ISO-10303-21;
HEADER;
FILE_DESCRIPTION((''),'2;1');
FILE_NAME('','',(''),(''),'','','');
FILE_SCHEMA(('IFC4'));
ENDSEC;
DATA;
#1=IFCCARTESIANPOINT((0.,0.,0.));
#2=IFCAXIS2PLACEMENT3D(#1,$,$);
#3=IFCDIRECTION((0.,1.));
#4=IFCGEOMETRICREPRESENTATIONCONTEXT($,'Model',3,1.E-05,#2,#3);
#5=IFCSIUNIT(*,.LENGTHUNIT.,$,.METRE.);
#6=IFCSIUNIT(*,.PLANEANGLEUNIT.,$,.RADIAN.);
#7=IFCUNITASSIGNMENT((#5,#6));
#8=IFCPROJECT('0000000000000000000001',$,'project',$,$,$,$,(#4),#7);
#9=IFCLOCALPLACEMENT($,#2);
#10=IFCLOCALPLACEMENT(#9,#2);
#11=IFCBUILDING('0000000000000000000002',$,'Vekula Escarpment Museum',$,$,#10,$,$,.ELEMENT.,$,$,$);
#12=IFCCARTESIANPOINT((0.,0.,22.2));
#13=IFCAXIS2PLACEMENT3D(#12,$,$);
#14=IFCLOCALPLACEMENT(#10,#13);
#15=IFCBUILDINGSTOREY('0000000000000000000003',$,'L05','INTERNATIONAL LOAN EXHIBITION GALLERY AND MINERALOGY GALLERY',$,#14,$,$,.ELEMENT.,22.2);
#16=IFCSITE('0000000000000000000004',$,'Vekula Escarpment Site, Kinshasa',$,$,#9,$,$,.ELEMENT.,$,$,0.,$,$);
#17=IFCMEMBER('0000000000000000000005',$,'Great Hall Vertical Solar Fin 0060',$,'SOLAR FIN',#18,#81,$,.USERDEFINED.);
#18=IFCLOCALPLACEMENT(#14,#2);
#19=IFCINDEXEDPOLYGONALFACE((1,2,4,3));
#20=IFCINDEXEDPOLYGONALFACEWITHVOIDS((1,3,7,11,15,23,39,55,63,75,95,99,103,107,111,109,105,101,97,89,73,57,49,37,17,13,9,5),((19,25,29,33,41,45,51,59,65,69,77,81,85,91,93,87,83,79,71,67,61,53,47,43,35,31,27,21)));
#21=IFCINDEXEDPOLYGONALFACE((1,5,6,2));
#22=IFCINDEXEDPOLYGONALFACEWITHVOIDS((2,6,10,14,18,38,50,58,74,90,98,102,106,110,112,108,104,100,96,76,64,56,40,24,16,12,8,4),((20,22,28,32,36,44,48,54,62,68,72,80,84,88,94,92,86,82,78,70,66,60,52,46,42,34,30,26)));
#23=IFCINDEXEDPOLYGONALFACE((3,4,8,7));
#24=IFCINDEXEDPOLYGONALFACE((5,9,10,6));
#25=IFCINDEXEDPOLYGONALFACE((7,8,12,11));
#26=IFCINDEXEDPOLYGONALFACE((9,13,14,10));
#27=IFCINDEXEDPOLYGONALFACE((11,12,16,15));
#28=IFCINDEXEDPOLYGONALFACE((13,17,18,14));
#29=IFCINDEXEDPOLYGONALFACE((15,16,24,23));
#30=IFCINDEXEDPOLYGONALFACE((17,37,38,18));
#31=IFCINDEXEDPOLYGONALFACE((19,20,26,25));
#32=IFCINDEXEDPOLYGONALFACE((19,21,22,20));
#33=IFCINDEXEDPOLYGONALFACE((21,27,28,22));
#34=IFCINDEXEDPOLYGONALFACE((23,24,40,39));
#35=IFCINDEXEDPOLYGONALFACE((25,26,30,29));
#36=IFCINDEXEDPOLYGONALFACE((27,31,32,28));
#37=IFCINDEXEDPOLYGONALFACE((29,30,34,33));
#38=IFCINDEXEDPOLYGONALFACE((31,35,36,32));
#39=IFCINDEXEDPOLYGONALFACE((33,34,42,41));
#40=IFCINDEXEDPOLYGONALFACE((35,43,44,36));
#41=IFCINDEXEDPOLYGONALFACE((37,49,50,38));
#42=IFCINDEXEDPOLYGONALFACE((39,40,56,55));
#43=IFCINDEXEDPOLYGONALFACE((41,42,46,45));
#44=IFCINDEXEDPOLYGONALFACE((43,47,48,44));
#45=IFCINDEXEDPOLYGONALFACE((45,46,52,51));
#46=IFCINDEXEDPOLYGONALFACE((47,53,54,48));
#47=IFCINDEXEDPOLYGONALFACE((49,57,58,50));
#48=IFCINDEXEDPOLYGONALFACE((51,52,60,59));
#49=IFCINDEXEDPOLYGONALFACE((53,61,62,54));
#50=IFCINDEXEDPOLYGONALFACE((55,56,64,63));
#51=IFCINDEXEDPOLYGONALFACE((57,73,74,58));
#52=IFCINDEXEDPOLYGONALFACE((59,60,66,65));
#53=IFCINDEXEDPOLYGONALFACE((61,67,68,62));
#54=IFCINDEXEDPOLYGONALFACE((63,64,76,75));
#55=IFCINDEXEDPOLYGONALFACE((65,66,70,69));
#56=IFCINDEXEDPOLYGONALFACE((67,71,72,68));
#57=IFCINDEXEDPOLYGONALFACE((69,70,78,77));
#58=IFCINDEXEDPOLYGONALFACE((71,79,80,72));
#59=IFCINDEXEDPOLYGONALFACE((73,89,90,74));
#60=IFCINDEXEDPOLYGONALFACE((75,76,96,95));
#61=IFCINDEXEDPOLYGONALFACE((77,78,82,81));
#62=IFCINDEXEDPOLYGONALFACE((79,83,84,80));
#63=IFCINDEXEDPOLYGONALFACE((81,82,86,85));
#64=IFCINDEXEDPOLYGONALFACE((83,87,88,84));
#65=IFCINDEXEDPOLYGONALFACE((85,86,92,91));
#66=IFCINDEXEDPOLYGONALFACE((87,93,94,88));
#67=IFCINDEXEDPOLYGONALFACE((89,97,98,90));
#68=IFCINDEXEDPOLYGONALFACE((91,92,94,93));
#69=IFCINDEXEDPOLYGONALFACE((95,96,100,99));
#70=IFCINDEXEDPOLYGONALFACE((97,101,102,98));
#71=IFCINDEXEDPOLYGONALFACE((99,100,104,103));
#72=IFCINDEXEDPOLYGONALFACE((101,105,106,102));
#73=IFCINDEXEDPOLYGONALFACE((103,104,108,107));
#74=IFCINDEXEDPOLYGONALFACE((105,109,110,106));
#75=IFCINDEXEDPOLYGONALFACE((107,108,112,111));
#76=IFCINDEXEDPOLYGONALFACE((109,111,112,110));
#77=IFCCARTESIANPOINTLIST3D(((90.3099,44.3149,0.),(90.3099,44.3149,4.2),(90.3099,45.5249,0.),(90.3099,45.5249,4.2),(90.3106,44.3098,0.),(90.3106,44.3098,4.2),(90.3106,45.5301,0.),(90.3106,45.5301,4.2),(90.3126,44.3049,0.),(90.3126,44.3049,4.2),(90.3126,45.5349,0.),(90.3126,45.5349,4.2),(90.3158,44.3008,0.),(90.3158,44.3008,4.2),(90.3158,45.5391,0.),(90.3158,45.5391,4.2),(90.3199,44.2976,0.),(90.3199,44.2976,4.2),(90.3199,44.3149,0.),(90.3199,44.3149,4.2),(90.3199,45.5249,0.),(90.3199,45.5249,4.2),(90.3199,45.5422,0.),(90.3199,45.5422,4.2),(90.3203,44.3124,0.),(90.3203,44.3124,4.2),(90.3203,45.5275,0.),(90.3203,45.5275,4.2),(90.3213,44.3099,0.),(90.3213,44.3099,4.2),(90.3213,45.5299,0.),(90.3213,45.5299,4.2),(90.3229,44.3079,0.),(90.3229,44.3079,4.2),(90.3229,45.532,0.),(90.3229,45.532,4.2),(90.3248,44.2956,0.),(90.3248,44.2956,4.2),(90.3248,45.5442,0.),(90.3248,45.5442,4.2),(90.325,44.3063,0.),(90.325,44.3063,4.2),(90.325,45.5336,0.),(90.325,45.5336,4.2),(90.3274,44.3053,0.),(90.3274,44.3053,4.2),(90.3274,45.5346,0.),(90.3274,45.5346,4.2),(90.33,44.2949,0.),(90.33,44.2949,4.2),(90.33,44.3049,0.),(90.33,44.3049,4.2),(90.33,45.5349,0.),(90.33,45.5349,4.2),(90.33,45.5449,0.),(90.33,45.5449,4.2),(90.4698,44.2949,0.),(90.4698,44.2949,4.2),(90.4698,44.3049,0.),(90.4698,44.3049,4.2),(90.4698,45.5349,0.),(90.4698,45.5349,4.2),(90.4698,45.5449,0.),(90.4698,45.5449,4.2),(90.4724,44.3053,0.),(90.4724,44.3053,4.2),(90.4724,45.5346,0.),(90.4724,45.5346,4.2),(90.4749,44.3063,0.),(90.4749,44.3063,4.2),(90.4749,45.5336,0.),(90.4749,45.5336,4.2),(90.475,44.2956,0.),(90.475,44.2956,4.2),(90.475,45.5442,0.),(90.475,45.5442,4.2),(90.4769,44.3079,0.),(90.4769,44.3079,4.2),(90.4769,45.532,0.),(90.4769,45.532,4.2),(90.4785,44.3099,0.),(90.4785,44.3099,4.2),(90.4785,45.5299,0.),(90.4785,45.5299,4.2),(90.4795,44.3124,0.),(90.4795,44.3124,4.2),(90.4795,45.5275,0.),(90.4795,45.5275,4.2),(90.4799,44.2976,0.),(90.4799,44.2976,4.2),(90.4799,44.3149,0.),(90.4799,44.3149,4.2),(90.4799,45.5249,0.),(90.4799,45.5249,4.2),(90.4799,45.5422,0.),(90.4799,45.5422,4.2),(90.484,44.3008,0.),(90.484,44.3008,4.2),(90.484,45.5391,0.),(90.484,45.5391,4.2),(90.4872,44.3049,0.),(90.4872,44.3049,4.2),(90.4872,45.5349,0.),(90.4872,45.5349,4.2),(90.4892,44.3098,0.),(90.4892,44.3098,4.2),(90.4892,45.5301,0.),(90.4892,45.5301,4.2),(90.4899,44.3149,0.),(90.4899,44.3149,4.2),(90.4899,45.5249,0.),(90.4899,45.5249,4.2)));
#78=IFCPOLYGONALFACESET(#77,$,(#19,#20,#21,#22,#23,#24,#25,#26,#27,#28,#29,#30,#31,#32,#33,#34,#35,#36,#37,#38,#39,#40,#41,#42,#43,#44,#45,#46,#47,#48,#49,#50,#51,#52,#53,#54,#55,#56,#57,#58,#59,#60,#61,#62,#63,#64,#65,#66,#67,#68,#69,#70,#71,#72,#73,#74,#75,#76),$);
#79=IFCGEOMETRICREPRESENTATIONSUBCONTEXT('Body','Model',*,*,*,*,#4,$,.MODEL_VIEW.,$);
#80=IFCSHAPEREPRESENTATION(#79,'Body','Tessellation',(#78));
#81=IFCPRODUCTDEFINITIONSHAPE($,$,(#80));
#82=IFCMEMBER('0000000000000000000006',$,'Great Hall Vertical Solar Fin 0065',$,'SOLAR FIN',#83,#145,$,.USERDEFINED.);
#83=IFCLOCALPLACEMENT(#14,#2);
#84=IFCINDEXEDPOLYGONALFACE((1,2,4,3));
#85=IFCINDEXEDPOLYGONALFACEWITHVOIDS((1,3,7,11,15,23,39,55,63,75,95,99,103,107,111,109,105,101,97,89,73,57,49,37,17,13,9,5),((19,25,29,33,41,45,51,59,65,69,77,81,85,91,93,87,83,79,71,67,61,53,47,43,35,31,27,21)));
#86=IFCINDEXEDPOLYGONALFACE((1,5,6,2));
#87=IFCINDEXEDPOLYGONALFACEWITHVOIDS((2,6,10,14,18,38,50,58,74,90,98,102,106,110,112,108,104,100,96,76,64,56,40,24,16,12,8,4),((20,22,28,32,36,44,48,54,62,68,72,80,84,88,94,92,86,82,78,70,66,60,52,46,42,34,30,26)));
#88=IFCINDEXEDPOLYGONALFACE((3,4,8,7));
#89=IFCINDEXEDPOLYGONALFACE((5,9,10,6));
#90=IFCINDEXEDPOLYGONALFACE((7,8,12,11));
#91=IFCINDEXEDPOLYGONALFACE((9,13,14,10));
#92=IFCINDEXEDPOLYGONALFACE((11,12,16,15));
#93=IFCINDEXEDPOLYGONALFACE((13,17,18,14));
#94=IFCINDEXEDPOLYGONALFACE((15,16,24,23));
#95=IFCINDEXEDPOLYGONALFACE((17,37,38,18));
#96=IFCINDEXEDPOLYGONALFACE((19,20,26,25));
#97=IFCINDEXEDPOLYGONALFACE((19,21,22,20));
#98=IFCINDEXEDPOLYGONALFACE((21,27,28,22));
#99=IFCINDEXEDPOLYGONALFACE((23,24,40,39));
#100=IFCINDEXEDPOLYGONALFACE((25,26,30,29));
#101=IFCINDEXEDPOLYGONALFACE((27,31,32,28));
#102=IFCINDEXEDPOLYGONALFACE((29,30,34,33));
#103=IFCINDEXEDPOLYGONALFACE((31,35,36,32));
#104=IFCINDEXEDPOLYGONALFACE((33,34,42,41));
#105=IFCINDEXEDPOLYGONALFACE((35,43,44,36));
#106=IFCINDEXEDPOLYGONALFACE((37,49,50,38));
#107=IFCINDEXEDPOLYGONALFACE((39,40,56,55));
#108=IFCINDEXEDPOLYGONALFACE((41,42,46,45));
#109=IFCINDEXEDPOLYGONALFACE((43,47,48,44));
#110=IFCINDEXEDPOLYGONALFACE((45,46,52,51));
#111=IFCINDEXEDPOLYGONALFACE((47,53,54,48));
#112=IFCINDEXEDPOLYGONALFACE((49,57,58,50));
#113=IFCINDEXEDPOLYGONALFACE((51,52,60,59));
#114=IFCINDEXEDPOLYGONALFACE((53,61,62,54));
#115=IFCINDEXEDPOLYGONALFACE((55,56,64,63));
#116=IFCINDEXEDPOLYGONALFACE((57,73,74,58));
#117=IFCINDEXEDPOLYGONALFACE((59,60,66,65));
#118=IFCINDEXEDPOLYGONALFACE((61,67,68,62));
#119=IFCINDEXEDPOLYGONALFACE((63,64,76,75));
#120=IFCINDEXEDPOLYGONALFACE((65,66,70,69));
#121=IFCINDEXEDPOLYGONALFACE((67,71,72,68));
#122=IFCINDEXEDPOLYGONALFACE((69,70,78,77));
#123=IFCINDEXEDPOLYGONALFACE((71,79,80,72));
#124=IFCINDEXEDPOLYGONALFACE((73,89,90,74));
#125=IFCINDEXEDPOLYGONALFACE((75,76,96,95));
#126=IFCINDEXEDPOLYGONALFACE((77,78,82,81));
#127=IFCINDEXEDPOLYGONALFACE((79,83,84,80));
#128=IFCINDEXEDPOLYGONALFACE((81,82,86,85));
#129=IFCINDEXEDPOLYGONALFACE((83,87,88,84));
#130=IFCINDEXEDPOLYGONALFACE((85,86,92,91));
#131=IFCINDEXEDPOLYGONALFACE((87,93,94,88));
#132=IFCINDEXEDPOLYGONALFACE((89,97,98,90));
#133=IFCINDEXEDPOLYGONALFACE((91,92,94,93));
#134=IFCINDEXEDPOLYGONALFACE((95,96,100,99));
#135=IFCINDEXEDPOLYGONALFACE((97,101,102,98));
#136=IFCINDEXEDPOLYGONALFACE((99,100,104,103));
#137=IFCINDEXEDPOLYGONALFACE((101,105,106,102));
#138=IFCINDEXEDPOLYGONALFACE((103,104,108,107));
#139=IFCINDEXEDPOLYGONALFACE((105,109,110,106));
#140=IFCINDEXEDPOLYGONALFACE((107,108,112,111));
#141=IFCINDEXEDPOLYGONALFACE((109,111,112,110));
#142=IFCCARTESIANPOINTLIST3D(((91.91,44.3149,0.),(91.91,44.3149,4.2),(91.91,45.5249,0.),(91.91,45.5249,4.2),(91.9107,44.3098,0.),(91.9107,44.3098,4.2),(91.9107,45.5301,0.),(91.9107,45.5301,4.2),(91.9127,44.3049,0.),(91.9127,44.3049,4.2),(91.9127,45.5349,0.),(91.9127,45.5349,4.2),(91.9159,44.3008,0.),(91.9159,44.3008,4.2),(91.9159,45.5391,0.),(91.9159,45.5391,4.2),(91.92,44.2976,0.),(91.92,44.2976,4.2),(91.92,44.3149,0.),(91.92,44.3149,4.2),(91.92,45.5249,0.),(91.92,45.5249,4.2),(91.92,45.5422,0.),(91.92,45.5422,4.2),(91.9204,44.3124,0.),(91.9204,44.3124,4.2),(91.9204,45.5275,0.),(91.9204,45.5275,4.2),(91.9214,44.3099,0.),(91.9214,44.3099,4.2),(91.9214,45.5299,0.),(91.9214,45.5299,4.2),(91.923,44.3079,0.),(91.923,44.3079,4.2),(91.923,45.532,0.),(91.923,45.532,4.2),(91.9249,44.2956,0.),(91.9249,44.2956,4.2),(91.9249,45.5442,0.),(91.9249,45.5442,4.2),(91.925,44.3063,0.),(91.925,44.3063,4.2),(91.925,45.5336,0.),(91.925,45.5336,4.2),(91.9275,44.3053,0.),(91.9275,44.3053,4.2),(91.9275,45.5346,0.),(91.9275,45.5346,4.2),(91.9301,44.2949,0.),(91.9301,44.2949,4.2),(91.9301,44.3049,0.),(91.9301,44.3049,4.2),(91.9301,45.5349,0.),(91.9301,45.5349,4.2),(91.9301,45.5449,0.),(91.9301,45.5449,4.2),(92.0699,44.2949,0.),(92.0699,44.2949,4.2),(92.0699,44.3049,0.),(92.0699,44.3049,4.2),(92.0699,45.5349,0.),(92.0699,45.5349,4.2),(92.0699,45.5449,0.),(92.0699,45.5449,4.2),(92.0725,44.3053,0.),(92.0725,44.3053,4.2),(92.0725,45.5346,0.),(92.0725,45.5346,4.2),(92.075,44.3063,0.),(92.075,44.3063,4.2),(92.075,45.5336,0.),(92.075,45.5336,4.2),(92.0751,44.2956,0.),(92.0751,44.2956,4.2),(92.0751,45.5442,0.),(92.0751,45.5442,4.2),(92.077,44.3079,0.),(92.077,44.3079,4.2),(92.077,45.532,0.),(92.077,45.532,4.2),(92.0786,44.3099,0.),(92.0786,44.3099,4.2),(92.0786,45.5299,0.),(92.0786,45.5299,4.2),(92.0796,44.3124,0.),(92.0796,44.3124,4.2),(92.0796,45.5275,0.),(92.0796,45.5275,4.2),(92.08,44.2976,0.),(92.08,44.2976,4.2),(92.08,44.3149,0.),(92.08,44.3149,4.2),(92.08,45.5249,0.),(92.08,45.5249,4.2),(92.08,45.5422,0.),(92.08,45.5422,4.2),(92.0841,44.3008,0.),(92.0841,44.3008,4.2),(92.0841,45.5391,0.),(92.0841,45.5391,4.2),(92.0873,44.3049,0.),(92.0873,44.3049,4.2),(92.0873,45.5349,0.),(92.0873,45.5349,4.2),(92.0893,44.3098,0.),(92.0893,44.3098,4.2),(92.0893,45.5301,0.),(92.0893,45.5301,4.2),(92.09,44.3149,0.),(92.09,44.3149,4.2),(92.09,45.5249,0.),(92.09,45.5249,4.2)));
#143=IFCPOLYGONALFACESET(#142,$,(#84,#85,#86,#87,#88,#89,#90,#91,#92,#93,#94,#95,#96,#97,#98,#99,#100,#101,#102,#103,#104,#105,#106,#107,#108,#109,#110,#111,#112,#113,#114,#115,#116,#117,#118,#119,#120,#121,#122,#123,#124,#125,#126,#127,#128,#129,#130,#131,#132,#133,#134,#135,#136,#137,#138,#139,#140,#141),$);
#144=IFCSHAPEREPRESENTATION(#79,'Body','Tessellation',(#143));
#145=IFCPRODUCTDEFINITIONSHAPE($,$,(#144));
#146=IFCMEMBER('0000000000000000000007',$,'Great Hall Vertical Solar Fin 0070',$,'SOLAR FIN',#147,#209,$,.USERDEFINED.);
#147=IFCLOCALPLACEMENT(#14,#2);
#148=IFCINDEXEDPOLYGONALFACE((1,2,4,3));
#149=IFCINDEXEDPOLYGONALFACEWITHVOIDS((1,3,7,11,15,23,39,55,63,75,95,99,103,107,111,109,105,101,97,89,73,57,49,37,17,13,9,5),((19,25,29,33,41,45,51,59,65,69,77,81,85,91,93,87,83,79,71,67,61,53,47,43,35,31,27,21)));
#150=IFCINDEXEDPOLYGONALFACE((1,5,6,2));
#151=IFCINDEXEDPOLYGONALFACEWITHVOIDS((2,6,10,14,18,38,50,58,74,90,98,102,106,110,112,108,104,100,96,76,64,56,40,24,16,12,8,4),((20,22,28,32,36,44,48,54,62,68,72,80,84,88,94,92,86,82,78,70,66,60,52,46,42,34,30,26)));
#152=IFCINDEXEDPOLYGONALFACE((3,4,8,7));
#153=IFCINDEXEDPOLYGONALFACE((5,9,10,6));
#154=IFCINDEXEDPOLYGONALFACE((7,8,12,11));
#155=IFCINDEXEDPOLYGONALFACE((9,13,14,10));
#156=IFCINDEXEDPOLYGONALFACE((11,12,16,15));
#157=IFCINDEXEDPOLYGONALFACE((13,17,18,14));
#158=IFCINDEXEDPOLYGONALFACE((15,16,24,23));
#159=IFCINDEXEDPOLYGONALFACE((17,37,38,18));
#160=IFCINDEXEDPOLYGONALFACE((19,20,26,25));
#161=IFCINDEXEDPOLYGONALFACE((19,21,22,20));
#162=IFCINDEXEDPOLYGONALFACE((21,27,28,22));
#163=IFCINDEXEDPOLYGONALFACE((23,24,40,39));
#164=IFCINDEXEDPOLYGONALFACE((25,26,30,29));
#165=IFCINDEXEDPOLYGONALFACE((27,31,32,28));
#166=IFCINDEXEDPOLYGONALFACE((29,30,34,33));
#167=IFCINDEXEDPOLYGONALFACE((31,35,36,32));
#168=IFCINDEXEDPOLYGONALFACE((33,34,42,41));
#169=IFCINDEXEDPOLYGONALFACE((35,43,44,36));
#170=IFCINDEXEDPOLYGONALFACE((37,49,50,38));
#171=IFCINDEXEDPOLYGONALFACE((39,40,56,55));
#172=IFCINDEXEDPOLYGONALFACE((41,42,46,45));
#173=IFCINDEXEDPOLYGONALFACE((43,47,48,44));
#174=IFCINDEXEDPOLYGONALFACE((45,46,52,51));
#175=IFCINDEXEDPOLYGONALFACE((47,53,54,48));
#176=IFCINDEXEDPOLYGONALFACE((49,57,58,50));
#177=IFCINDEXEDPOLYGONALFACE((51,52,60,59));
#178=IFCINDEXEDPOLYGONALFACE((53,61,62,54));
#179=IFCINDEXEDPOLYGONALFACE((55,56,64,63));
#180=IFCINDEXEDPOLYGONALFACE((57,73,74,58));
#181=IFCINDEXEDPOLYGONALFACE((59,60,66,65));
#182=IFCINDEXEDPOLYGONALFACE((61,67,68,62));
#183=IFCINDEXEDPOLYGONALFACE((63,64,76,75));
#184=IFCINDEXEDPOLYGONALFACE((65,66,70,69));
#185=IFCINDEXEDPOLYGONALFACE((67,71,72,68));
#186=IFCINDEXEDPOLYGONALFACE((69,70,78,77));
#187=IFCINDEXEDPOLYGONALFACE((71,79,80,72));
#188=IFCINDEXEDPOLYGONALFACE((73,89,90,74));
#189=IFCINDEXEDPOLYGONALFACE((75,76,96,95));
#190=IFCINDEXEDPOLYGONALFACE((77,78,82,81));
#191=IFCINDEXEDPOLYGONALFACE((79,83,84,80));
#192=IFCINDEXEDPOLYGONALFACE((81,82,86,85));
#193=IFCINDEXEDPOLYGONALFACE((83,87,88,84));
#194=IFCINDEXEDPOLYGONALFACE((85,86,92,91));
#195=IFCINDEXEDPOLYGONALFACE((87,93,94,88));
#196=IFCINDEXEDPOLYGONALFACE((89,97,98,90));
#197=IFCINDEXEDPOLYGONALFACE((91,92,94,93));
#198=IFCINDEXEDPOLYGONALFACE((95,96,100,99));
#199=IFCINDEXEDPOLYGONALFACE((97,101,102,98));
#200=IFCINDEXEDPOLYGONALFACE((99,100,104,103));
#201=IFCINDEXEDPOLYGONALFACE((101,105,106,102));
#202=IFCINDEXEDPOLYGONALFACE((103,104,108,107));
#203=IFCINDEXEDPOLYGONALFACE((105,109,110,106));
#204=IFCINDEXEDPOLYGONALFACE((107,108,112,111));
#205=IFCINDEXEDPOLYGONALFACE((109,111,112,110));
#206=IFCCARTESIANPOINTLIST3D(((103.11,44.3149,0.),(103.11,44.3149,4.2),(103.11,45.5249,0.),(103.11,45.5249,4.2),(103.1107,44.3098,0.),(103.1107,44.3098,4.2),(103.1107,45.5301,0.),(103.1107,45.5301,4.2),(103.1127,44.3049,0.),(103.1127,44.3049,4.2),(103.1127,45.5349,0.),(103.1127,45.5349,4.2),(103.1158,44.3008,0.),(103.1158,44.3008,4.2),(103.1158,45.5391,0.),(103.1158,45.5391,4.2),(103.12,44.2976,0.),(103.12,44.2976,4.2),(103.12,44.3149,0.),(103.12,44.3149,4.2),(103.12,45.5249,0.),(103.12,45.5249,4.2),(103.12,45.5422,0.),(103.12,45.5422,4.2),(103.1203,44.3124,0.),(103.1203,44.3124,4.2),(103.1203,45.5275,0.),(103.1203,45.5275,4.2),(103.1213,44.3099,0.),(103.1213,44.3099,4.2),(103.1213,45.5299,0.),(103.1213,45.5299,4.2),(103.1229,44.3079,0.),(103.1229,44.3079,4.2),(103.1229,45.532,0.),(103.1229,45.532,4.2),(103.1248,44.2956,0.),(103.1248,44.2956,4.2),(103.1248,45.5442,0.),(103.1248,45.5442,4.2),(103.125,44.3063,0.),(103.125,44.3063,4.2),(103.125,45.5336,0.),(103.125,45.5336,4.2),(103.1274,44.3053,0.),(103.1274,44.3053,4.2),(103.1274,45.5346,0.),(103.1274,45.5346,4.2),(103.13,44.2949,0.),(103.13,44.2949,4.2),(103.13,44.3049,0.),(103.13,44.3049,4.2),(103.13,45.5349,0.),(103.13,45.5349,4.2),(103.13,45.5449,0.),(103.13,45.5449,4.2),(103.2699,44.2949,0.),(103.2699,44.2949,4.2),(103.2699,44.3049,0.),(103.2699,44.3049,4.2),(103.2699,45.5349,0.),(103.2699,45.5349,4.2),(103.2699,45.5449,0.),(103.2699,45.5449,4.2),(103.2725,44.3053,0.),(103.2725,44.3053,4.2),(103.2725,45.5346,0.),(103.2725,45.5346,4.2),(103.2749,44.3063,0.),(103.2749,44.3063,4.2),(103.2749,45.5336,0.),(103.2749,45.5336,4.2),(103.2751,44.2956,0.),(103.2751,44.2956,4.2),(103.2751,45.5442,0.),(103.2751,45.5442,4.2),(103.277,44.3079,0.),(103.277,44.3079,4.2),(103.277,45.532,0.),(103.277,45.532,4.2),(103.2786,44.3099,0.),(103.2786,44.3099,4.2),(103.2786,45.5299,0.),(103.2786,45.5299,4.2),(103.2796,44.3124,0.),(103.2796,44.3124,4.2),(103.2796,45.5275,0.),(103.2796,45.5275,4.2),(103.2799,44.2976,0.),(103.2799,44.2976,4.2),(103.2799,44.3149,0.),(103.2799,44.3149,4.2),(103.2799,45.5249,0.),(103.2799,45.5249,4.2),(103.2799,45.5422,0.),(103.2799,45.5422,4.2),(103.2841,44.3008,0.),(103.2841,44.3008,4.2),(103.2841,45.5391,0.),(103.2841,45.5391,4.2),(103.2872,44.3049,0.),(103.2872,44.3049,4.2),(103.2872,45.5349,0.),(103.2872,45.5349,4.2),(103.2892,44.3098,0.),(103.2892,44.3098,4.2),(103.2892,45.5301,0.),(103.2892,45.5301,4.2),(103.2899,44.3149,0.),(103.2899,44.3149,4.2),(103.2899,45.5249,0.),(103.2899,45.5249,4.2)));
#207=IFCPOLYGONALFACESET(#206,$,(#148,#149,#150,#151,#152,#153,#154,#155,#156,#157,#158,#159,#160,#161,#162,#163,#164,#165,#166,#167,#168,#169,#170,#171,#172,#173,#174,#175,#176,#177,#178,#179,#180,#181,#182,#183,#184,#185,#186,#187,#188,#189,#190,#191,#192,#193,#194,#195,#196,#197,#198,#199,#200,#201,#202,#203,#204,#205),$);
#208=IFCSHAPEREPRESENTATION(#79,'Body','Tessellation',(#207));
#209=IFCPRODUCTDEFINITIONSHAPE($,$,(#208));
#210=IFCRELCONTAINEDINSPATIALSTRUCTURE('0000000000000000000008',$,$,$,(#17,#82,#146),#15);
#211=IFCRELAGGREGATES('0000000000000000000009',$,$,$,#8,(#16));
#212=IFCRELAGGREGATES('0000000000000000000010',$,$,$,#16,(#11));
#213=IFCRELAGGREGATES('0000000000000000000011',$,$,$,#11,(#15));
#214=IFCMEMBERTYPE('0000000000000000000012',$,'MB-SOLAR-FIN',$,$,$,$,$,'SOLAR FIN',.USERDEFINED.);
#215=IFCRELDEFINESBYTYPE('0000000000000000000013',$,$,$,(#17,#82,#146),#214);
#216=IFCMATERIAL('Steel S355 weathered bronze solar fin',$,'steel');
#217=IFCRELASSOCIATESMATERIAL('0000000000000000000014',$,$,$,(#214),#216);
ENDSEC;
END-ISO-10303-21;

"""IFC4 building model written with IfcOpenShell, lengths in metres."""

from ifc_helpers import new_model, si_unit, direction, frame, origin, origin_2d, place, context, subcontext, project, spatial, hollow_rectangle, extrude, material, material_profile, profile_set, type_object, element, save


model = new_model("IFC4")

# Units and contexts
model_context = context("Model", 3, precision=1e-05, world=origin(), true_north=direction((0.0, 1.0)))
body_context = subcontext(model_context, "Body", "Model", "MODEL_VIEW")
ifc_project = project(units=[si_unit("LENGTHUNIT", "METRE"), si_unit("PLANEANGLEUNIT", "RADIAN")], contexts=[model_context])

# Site, building, storey
site_placement = place(None, origin())
site = spatial("IfcSite", under=ifc_project, at=site_placement, Name="Vekula Escarpment Site, Kinshasa", CompositionType="ELEMENT", RefElevation=0.0)
building_placement = place(site_placement, origin())
building = spatial("IfcBuilding", under=site, at=building_placement, Name="Vekula Escarpment Museum", CompositionType="ELEMENT")
storey_placement = place(building_placement, frame((0.0, 0.0, 22.2)))
storey = spatial("IfcBuildingStorey", under=building, at=storey_placement, Name="L05", Description="INTERNATIONAL LOAN EXHIBITION GALLERY AND MINERALOGY GALLERY", CompositionType="ELEMENT", Elevation=22.2)

# Members
ifc_material_1 = material(Name="Steel S355 weathered bronze solar fin", Category="steel")
ifc_material_profile_1 = material_profile(ifc_material_1, hollow_rectangle(XDim=0.1799, YDim=1.25, WallThickness=0.01, InnerFilletRadius=0.01, OuterFilletRadius=0.02, at=origin_2d()), Name="RHS 1250x180x10")
ifc_profile_set_1 = profile_set([ifc_material_profile_1], Name="Steel S355 weathered bronze solar fin")
member_type_1 = type_object("IfcMemberType", Name="MB-SOLAR-FIN", ElementType="SOLAR FIN", PredefinedType="USERDEFINED", material=ifc_profile_set_1)
for number, where, z_axis, x_axis, name in (
    (1, (90.3999, 44.9199, 0.0), (0.0, 0.0, 1.0), (1.0, 0.0, 0.0), "Great Hall Vertical Solar Fin 0060"),
    (2, (92.0, 44.9199, 0.0), (0.0, 0.0, 1.0), (1.0, 0.0, 0.0), "Great Hall Vertical Solar Fin 0065"),
    (3, (103.2, 44.9199, 0.0), (0.0, 0.0, 1.0), (1.0, 0.0, 0.0), "Great Hall Vertical Solar Fin 0070"),
):
    element("IfcMember", number, at=place(storey_placement, frame(where, z_axis=z_axis, x_axis=x_axis)), inside=storey, type_object=member_type_1, Name=name, ObjectType="SOLAR FIN", PredefinedType="USERDEFINED", context=body_context, shape_type="SweptSolid", body=[
        extrude(hollow_rectangle(XDim=0.1799, YDim=1.25, WallThickness=0.01, InnerFilletRadius=0.01, OuterFilletRadius=0.02, at=origin_2d()), origin(), (0.0, 0.0, 1.0), 4.2),
    ])

save(model, "model.ifc")
